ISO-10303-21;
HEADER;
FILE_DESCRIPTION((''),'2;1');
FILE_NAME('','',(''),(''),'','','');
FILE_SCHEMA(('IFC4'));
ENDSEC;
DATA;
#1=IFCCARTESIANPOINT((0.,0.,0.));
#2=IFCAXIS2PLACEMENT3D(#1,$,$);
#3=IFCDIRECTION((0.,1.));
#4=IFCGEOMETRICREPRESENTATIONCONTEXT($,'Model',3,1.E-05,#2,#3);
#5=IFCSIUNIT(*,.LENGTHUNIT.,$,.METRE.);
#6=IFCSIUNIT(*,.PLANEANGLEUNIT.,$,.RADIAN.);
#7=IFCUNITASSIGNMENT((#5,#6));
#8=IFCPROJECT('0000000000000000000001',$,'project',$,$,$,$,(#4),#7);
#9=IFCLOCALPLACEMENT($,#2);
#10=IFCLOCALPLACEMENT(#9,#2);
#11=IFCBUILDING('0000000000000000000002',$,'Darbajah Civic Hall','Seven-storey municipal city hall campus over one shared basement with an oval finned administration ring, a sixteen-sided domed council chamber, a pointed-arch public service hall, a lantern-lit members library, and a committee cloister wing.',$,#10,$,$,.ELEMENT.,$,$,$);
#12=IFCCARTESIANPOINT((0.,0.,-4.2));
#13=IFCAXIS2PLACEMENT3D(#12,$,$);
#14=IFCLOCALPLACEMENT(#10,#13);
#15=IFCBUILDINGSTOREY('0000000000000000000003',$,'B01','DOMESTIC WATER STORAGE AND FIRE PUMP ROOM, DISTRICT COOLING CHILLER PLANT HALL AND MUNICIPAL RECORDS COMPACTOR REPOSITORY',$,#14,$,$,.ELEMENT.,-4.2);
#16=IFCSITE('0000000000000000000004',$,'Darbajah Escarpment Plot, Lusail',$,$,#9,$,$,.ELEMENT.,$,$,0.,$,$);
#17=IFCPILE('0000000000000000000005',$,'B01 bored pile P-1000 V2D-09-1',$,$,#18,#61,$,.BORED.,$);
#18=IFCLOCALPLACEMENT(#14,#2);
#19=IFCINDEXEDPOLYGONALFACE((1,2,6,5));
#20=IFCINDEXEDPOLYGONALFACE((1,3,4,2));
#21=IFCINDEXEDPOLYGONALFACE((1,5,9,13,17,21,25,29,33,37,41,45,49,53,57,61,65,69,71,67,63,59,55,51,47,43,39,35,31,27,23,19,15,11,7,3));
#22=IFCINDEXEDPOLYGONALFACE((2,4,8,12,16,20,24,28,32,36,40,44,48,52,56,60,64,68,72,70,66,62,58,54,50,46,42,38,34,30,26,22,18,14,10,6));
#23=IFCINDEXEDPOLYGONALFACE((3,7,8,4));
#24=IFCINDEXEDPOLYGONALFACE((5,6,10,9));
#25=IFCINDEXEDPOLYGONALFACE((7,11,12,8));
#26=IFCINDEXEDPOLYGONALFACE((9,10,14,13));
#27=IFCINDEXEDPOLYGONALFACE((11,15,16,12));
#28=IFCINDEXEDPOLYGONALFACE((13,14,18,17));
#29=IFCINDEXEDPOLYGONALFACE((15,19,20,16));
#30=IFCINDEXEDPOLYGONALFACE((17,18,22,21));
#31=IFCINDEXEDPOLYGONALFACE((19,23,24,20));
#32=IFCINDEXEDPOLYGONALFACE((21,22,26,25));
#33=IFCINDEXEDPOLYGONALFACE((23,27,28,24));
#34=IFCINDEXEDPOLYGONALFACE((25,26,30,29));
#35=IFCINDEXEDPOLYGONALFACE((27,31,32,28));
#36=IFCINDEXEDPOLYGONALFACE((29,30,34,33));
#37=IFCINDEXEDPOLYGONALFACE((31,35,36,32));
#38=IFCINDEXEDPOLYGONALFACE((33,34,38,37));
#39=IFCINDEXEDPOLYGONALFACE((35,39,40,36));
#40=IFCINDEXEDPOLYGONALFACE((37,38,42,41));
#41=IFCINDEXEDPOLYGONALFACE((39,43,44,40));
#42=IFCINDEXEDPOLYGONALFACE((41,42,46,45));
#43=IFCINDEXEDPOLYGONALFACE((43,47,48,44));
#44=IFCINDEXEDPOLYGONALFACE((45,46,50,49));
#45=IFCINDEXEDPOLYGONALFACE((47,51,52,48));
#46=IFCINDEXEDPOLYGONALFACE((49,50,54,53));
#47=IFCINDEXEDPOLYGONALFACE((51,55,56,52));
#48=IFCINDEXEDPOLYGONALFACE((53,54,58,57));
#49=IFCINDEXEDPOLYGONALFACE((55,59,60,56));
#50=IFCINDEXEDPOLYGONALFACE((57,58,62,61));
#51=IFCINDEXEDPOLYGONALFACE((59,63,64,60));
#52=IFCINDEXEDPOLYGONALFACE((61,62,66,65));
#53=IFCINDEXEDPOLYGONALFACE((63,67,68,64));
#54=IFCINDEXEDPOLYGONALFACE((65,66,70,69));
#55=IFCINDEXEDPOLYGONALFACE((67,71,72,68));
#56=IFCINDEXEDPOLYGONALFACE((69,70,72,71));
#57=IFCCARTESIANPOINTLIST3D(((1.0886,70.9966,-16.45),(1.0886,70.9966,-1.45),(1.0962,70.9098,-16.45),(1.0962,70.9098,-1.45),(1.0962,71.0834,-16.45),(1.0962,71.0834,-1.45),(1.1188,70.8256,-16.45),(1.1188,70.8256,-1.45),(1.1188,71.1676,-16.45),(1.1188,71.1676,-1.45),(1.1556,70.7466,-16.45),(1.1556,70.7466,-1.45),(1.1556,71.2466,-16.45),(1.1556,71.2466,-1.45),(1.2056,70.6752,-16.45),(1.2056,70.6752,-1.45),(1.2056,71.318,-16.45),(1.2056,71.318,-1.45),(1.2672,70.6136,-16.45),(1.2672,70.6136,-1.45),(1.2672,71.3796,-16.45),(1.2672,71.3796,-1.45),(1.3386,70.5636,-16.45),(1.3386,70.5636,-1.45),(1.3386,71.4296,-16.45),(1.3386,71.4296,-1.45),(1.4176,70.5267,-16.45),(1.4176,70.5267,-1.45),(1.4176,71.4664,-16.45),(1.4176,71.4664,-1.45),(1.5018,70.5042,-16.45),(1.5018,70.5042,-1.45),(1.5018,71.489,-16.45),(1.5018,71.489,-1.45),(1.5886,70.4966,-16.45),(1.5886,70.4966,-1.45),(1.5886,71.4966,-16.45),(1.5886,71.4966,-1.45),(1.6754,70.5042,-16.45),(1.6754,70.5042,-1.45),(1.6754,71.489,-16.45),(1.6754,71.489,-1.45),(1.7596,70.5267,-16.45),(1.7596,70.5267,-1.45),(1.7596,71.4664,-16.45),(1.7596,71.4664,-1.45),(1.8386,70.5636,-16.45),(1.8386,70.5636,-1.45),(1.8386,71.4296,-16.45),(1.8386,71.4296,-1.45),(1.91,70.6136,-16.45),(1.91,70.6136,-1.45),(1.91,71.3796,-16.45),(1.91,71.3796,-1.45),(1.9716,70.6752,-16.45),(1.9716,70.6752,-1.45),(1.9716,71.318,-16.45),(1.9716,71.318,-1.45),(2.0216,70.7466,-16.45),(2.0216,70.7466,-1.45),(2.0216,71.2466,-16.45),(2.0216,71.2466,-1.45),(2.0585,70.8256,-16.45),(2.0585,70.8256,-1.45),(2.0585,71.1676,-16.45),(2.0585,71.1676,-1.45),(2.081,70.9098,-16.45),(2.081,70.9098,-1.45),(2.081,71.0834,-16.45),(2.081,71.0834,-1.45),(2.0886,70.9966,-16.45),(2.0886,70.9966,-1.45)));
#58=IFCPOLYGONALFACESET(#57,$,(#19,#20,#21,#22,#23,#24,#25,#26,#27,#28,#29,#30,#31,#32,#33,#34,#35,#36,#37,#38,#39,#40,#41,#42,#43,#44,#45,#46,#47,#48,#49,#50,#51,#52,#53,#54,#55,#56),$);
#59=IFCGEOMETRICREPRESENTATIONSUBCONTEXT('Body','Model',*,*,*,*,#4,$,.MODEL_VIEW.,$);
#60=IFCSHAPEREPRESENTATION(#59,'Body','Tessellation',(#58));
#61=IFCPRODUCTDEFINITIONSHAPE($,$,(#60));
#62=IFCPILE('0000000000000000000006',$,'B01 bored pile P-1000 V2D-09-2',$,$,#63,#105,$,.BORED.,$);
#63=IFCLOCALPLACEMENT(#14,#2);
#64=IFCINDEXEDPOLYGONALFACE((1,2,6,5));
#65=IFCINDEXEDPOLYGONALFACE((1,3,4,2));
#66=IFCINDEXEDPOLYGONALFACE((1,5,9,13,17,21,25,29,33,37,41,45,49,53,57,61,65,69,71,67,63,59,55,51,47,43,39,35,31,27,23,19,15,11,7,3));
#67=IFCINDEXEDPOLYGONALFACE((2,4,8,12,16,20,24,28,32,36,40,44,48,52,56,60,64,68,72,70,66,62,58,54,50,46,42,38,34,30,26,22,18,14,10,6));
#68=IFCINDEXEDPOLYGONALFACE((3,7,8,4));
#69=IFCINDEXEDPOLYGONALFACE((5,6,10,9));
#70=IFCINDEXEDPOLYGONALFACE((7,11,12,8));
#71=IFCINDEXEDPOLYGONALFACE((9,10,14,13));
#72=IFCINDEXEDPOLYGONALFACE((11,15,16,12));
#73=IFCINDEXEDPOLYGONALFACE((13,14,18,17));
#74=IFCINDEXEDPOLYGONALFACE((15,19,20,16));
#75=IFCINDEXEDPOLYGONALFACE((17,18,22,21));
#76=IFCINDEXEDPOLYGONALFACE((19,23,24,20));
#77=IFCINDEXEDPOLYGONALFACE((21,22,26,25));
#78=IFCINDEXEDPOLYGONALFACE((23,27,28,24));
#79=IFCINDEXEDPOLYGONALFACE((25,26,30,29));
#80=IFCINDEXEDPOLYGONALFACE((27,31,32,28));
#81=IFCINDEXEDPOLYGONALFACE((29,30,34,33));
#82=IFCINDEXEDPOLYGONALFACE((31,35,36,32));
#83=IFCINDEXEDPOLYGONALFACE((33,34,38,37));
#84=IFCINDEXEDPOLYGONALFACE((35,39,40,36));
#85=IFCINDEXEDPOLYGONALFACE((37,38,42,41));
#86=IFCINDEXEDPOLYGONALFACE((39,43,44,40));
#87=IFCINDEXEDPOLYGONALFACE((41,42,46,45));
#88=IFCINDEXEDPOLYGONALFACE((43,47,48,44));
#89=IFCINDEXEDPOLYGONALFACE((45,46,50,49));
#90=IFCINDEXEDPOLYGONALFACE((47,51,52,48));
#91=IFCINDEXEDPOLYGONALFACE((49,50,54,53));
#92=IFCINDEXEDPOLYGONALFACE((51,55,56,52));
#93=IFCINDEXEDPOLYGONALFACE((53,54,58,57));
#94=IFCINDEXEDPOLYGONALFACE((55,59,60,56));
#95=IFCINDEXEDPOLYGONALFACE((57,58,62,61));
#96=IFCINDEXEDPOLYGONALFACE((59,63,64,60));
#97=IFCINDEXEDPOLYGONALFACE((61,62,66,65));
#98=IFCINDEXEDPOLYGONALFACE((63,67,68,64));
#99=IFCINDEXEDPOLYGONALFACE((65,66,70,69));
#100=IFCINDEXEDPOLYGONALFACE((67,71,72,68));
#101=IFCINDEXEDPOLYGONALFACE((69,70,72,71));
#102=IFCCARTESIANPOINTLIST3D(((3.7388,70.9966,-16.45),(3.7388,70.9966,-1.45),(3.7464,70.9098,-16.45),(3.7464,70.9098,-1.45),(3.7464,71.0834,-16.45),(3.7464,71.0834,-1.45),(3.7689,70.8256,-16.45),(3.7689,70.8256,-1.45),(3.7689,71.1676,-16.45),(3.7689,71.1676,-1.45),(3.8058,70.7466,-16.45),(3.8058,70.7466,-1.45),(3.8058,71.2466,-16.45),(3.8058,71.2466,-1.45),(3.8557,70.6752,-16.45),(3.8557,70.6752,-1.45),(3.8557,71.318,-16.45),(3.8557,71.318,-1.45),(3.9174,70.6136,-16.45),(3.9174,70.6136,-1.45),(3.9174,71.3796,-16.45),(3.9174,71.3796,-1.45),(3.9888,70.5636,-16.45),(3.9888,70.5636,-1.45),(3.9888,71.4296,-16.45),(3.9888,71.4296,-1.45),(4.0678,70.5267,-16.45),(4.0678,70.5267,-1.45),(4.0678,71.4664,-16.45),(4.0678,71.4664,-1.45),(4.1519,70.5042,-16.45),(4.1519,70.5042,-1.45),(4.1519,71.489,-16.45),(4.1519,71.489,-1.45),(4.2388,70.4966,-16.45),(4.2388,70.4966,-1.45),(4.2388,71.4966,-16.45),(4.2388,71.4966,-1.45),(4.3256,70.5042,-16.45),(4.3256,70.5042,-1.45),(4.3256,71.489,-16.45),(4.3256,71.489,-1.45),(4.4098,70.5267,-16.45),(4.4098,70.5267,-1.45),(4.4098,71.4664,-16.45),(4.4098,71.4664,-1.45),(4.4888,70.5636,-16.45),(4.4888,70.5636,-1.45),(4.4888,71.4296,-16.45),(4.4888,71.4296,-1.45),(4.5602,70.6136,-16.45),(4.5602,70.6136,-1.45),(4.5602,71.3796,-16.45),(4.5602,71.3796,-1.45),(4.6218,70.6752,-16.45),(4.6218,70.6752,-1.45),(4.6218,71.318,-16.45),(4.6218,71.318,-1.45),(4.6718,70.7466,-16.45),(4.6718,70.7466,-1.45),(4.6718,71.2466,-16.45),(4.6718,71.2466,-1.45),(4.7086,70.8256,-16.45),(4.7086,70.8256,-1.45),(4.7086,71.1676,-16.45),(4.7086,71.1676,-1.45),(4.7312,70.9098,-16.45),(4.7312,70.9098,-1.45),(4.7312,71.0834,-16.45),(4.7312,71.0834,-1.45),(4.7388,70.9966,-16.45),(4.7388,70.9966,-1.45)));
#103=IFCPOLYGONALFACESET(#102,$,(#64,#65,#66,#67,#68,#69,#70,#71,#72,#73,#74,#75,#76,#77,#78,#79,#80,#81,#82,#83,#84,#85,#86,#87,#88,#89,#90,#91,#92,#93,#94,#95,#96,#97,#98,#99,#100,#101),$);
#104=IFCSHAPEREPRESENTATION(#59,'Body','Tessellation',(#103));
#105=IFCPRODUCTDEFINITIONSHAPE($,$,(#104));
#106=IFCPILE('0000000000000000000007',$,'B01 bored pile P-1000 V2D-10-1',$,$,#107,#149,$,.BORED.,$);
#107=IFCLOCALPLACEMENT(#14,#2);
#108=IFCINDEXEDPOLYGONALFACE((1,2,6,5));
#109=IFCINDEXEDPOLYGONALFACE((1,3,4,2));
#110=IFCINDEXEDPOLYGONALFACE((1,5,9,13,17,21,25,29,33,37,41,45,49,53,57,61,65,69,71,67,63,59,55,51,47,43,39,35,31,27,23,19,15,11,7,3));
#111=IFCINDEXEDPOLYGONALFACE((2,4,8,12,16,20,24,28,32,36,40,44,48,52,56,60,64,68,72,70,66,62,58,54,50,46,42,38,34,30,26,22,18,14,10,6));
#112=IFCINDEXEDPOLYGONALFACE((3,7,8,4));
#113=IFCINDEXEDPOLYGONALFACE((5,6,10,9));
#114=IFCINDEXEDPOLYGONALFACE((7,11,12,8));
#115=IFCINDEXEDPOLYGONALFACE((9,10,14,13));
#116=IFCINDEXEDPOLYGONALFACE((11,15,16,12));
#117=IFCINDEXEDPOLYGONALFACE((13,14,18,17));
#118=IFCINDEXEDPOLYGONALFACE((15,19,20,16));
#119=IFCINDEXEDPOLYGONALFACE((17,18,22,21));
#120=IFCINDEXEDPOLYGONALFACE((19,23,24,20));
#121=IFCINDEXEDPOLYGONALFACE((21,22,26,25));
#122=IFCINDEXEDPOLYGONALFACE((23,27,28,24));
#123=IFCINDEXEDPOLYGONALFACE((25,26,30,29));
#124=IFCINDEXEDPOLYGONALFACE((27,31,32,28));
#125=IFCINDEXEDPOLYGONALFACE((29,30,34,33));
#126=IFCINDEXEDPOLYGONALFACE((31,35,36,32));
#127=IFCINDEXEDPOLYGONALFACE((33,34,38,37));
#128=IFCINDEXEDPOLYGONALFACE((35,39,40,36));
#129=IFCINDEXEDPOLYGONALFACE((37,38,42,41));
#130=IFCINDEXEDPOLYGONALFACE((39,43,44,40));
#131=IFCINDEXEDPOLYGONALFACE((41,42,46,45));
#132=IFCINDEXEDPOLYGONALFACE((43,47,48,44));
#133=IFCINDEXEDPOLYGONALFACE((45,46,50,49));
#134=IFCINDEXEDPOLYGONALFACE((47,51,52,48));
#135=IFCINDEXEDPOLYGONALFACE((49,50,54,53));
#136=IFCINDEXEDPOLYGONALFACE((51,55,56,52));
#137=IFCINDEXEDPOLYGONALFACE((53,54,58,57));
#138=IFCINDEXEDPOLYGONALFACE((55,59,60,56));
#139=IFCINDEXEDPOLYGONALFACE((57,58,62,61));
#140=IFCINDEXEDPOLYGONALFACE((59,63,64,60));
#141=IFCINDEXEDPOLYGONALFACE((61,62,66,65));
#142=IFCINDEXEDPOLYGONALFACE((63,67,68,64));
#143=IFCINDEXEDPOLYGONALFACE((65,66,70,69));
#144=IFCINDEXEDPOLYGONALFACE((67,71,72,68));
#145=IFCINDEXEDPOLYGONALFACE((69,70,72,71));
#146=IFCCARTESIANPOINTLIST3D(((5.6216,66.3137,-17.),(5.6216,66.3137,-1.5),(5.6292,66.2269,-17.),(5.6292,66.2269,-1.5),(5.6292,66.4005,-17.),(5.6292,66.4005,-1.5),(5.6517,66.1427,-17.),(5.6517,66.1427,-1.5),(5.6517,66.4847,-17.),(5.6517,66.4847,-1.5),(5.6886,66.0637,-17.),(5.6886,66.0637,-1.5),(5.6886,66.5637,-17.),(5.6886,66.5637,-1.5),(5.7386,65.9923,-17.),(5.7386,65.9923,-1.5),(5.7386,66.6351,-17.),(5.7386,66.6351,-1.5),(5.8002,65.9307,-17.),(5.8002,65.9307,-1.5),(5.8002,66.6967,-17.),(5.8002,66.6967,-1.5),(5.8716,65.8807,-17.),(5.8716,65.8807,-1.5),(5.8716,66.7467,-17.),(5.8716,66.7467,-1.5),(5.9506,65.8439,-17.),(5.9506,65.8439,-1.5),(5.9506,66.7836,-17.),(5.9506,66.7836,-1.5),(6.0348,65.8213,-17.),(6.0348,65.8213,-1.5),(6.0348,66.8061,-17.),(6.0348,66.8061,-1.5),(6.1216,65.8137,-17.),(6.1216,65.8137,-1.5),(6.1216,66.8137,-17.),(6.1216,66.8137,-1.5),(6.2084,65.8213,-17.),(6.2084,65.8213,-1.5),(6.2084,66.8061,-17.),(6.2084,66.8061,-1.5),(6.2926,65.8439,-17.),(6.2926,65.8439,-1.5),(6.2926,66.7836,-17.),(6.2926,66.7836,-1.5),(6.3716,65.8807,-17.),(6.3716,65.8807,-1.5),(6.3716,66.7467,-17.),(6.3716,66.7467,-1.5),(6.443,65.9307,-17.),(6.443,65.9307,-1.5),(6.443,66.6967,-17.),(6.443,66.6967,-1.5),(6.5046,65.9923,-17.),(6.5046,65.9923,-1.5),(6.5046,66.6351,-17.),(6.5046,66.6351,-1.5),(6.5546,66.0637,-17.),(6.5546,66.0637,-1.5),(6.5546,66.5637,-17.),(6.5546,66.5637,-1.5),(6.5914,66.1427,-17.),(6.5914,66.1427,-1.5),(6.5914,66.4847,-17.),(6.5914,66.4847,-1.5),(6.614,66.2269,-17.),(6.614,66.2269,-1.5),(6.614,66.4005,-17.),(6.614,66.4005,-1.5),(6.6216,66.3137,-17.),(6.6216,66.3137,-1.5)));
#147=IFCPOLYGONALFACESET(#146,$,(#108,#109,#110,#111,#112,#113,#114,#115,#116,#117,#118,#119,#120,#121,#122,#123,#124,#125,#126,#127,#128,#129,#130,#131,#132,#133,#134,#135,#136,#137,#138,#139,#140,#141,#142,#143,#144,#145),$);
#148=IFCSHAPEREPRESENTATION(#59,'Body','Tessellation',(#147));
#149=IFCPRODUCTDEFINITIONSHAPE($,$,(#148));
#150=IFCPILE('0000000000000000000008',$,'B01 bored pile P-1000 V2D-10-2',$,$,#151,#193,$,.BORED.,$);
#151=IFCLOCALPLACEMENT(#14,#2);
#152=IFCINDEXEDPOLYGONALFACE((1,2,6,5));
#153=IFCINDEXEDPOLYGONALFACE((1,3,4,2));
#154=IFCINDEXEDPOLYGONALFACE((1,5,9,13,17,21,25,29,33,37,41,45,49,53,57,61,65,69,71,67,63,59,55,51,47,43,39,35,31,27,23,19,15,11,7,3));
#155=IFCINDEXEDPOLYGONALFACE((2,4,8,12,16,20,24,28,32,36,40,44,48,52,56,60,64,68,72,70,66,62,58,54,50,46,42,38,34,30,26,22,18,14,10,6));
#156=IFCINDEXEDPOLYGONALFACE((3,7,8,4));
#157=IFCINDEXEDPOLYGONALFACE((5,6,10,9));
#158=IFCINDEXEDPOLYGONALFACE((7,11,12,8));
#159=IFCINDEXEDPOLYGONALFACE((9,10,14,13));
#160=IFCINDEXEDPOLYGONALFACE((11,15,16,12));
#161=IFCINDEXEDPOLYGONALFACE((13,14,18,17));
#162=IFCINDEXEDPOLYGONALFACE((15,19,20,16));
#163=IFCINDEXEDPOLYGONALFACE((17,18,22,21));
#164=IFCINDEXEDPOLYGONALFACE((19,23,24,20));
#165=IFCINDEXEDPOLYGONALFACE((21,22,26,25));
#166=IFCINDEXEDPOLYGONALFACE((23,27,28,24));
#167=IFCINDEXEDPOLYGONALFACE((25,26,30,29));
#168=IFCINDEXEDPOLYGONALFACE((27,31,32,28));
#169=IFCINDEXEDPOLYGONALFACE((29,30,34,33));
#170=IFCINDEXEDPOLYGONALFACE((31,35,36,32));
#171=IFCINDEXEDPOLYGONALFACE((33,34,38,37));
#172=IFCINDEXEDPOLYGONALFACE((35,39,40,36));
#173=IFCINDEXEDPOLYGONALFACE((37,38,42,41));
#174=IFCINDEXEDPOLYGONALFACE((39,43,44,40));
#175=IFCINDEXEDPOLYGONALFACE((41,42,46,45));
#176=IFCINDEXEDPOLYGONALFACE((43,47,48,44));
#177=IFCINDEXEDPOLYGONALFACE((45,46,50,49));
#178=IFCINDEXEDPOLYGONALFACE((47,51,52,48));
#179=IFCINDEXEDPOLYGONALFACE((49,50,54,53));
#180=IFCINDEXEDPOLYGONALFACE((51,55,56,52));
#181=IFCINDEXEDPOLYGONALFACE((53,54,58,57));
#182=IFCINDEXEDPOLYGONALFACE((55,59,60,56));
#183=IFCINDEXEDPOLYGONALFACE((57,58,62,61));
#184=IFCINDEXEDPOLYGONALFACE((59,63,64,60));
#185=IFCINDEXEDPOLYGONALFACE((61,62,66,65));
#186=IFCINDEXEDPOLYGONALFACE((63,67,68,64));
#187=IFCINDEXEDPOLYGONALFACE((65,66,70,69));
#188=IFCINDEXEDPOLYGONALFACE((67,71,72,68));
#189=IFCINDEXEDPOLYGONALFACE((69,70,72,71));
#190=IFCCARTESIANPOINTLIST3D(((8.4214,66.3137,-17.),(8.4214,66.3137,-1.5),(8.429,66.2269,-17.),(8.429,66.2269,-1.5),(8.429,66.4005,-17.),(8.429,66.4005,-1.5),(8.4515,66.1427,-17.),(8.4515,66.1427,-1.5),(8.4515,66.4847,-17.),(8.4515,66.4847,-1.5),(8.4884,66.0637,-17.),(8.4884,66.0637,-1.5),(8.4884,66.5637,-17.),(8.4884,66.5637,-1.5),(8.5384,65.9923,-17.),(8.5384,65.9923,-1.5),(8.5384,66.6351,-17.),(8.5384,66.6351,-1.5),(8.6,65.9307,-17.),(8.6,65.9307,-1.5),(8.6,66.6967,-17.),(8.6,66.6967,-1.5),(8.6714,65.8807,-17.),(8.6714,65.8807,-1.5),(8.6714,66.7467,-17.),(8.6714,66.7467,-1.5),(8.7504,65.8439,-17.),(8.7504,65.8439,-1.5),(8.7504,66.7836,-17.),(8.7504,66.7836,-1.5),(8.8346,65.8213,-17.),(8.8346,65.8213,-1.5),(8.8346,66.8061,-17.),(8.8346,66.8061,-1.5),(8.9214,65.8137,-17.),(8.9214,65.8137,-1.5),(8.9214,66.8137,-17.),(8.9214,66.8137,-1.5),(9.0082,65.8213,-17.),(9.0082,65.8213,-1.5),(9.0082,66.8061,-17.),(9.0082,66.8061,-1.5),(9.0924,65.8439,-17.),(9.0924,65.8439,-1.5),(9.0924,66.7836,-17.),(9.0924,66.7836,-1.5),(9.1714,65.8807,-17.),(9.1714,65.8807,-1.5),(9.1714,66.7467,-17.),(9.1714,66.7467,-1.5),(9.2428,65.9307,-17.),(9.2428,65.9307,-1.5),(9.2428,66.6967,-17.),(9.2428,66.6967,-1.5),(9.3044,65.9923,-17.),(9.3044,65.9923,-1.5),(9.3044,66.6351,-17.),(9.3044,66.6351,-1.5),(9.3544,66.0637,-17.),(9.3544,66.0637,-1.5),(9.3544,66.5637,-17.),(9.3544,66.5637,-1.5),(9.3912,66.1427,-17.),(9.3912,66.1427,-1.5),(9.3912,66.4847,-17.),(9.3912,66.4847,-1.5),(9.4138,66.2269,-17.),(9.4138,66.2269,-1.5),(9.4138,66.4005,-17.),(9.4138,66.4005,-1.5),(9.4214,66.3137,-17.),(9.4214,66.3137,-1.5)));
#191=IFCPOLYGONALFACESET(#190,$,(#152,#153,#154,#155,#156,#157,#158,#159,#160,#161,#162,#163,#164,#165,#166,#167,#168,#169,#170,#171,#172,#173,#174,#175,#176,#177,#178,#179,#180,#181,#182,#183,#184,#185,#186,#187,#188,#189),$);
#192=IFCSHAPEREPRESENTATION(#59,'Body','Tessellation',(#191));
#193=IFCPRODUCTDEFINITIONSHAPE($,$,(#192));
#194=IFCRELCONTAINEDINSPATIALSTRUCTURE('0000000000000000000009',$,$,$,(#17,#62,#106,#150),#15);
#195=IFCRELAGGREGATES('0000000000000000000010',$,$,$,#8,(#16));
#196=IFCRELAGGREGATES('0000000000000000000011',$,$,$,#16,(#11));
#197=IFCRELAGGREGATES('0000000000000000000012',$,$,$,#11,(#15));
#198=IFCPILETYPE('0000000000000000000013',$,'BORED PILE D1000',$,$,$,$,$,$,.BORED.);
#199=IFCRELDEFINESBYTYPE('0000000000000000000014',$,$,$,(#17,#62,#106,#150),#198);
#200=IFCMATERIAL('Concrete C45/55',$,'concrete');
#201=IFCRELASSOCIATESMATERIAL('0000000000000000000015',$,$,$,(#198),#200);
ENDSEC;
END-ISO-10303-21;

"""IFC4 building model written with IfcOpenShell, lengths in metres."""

from ifc_helpers import new_model, si_unit, direction, frame, origin, origin_2d, place, context, subcontext, project, spatial, circle, extrude, material, material_profile, profile_set, type_object, element, save


model = new_model("IFC4")

# Units and contexts
model_context = context("Model", 3, precision=1e-05, world=origin(), true_north=direction((0.0, 1.0)))
body_context = subcontext(model_context, "Body", "Model", "MODEL_VIEW")
ifc_project = project(units=[si_unit("LENGTHUNIT", "METRE"), si_unit("PLANEANGLEUNIT", "RADIAN")], contexts=[model_context])

# Site, building, storey
site_placement = place(None, origin())
site = spatial("IfcSite", under=ifc_project, at=site_placement, Name="Darbajah Escarpment Plot, Lusail", CompositionType="ELEMENT", RefElevation=0.0)
building_placement = place(site_placement, origin())
building = spatial("IfcBuilding", under=site, at=building_placement, Name="Darbajah Civic Hall", Description="Seven-storey municipal city hall campus over one shared basement with an oval finned administration ring, a sixteen-sided domed council chamber, a pointed-arch public service hall, a lantern-lit members library, and a committee cloister wing.", CompositionType="ELEMENT")
storey_placement = place(building_placement, frame((0.0, 0.0, -4.2)))
storey = spatial("IfcBuildingStorey", under=building, at=storey_placement, Name="B01", Description="DOMESTIC WATER STORAGE AND FIRE PUMP ROOM, DISTRICT COOLING CHILLER PLANT HALL AND MUNICIPAL RECORDS COMPACTOR REPOSITORY", CompositionType="ELEMENT", Elevation=-4.2)

# Piles
ifc_material_1 = material(Name="Concrete C45/55", Category="concrete")
ifc_material_profile_1 = material_profile(ifc_material_1, circle(Radius=0.5, at=origin_2d()), Name="BORED PILE D1000")
ifc_profile_set_1 = profile_set([ifc_material_profile_1], Name="Concrete C45/55")
pile_type_1 = type_object("IfcPileType", Name="BORED PILE D1000", PredefinedType="BORED", material=ifc_profile_set_1)
for number, where, z_axis, x_axis, name in (
    (1, (1.5886, 70.9966, -1.45), (0.0, 0.0, -1.0), (1.0, 0.0, 0.0), "B01 bored pile P-1000 V2D-09-1"),
    (2, (4.2388, 70.9966, -1.45), (0.0, 0.0, -1.0), (1.0, 0.0, 0.0), "B01 bored pile P-1000 V2D-09-2"),
):
    element("IfcPile", number, at=place(storey_placement, frame(where, z_axis=z_axis, x_axis=x_axis)), inside=storey, type_object=pile_type_1, Name=name, PredefinedType="BORED", context=body_context, shape_type="SweptSolid", body=[
        extrude(circle(Radius=0.5, at=origin_2d()), origin(), (0.0, 0.0, 1.0), 15.0),
    ])
for number, where, z_axis, x_axis, name in (
    (3, (6.1216, 66.3137, -1.5), (0.0, 0.0, -1.0), (1.0, 0.0, 0.0), "B01 bored pile P-1000 V2D-10-1"),
    (4, (8.9214, 66.3137, -1.5), (0.0, 0.0, -1.0), (1.0, 0.0, 0.0), "B01 bored pile P-1000 V2D-10-2"),
):
    element("IfcPile", number, at=place(storey_placement, frame(where, z_axis=z_axis, x_axis=x_axis)), inside=storey, type_object=pile_type_1, Name=name, PredefinedType="BORED", context=body_context, shape_type="SweptSolid", body=[
        extrude(circle(Radius=0.5, at=origin_2d()), origin(), (0.0, 0.0, 1.0), 15.5),
    ])

save(model, "model.ifc")
